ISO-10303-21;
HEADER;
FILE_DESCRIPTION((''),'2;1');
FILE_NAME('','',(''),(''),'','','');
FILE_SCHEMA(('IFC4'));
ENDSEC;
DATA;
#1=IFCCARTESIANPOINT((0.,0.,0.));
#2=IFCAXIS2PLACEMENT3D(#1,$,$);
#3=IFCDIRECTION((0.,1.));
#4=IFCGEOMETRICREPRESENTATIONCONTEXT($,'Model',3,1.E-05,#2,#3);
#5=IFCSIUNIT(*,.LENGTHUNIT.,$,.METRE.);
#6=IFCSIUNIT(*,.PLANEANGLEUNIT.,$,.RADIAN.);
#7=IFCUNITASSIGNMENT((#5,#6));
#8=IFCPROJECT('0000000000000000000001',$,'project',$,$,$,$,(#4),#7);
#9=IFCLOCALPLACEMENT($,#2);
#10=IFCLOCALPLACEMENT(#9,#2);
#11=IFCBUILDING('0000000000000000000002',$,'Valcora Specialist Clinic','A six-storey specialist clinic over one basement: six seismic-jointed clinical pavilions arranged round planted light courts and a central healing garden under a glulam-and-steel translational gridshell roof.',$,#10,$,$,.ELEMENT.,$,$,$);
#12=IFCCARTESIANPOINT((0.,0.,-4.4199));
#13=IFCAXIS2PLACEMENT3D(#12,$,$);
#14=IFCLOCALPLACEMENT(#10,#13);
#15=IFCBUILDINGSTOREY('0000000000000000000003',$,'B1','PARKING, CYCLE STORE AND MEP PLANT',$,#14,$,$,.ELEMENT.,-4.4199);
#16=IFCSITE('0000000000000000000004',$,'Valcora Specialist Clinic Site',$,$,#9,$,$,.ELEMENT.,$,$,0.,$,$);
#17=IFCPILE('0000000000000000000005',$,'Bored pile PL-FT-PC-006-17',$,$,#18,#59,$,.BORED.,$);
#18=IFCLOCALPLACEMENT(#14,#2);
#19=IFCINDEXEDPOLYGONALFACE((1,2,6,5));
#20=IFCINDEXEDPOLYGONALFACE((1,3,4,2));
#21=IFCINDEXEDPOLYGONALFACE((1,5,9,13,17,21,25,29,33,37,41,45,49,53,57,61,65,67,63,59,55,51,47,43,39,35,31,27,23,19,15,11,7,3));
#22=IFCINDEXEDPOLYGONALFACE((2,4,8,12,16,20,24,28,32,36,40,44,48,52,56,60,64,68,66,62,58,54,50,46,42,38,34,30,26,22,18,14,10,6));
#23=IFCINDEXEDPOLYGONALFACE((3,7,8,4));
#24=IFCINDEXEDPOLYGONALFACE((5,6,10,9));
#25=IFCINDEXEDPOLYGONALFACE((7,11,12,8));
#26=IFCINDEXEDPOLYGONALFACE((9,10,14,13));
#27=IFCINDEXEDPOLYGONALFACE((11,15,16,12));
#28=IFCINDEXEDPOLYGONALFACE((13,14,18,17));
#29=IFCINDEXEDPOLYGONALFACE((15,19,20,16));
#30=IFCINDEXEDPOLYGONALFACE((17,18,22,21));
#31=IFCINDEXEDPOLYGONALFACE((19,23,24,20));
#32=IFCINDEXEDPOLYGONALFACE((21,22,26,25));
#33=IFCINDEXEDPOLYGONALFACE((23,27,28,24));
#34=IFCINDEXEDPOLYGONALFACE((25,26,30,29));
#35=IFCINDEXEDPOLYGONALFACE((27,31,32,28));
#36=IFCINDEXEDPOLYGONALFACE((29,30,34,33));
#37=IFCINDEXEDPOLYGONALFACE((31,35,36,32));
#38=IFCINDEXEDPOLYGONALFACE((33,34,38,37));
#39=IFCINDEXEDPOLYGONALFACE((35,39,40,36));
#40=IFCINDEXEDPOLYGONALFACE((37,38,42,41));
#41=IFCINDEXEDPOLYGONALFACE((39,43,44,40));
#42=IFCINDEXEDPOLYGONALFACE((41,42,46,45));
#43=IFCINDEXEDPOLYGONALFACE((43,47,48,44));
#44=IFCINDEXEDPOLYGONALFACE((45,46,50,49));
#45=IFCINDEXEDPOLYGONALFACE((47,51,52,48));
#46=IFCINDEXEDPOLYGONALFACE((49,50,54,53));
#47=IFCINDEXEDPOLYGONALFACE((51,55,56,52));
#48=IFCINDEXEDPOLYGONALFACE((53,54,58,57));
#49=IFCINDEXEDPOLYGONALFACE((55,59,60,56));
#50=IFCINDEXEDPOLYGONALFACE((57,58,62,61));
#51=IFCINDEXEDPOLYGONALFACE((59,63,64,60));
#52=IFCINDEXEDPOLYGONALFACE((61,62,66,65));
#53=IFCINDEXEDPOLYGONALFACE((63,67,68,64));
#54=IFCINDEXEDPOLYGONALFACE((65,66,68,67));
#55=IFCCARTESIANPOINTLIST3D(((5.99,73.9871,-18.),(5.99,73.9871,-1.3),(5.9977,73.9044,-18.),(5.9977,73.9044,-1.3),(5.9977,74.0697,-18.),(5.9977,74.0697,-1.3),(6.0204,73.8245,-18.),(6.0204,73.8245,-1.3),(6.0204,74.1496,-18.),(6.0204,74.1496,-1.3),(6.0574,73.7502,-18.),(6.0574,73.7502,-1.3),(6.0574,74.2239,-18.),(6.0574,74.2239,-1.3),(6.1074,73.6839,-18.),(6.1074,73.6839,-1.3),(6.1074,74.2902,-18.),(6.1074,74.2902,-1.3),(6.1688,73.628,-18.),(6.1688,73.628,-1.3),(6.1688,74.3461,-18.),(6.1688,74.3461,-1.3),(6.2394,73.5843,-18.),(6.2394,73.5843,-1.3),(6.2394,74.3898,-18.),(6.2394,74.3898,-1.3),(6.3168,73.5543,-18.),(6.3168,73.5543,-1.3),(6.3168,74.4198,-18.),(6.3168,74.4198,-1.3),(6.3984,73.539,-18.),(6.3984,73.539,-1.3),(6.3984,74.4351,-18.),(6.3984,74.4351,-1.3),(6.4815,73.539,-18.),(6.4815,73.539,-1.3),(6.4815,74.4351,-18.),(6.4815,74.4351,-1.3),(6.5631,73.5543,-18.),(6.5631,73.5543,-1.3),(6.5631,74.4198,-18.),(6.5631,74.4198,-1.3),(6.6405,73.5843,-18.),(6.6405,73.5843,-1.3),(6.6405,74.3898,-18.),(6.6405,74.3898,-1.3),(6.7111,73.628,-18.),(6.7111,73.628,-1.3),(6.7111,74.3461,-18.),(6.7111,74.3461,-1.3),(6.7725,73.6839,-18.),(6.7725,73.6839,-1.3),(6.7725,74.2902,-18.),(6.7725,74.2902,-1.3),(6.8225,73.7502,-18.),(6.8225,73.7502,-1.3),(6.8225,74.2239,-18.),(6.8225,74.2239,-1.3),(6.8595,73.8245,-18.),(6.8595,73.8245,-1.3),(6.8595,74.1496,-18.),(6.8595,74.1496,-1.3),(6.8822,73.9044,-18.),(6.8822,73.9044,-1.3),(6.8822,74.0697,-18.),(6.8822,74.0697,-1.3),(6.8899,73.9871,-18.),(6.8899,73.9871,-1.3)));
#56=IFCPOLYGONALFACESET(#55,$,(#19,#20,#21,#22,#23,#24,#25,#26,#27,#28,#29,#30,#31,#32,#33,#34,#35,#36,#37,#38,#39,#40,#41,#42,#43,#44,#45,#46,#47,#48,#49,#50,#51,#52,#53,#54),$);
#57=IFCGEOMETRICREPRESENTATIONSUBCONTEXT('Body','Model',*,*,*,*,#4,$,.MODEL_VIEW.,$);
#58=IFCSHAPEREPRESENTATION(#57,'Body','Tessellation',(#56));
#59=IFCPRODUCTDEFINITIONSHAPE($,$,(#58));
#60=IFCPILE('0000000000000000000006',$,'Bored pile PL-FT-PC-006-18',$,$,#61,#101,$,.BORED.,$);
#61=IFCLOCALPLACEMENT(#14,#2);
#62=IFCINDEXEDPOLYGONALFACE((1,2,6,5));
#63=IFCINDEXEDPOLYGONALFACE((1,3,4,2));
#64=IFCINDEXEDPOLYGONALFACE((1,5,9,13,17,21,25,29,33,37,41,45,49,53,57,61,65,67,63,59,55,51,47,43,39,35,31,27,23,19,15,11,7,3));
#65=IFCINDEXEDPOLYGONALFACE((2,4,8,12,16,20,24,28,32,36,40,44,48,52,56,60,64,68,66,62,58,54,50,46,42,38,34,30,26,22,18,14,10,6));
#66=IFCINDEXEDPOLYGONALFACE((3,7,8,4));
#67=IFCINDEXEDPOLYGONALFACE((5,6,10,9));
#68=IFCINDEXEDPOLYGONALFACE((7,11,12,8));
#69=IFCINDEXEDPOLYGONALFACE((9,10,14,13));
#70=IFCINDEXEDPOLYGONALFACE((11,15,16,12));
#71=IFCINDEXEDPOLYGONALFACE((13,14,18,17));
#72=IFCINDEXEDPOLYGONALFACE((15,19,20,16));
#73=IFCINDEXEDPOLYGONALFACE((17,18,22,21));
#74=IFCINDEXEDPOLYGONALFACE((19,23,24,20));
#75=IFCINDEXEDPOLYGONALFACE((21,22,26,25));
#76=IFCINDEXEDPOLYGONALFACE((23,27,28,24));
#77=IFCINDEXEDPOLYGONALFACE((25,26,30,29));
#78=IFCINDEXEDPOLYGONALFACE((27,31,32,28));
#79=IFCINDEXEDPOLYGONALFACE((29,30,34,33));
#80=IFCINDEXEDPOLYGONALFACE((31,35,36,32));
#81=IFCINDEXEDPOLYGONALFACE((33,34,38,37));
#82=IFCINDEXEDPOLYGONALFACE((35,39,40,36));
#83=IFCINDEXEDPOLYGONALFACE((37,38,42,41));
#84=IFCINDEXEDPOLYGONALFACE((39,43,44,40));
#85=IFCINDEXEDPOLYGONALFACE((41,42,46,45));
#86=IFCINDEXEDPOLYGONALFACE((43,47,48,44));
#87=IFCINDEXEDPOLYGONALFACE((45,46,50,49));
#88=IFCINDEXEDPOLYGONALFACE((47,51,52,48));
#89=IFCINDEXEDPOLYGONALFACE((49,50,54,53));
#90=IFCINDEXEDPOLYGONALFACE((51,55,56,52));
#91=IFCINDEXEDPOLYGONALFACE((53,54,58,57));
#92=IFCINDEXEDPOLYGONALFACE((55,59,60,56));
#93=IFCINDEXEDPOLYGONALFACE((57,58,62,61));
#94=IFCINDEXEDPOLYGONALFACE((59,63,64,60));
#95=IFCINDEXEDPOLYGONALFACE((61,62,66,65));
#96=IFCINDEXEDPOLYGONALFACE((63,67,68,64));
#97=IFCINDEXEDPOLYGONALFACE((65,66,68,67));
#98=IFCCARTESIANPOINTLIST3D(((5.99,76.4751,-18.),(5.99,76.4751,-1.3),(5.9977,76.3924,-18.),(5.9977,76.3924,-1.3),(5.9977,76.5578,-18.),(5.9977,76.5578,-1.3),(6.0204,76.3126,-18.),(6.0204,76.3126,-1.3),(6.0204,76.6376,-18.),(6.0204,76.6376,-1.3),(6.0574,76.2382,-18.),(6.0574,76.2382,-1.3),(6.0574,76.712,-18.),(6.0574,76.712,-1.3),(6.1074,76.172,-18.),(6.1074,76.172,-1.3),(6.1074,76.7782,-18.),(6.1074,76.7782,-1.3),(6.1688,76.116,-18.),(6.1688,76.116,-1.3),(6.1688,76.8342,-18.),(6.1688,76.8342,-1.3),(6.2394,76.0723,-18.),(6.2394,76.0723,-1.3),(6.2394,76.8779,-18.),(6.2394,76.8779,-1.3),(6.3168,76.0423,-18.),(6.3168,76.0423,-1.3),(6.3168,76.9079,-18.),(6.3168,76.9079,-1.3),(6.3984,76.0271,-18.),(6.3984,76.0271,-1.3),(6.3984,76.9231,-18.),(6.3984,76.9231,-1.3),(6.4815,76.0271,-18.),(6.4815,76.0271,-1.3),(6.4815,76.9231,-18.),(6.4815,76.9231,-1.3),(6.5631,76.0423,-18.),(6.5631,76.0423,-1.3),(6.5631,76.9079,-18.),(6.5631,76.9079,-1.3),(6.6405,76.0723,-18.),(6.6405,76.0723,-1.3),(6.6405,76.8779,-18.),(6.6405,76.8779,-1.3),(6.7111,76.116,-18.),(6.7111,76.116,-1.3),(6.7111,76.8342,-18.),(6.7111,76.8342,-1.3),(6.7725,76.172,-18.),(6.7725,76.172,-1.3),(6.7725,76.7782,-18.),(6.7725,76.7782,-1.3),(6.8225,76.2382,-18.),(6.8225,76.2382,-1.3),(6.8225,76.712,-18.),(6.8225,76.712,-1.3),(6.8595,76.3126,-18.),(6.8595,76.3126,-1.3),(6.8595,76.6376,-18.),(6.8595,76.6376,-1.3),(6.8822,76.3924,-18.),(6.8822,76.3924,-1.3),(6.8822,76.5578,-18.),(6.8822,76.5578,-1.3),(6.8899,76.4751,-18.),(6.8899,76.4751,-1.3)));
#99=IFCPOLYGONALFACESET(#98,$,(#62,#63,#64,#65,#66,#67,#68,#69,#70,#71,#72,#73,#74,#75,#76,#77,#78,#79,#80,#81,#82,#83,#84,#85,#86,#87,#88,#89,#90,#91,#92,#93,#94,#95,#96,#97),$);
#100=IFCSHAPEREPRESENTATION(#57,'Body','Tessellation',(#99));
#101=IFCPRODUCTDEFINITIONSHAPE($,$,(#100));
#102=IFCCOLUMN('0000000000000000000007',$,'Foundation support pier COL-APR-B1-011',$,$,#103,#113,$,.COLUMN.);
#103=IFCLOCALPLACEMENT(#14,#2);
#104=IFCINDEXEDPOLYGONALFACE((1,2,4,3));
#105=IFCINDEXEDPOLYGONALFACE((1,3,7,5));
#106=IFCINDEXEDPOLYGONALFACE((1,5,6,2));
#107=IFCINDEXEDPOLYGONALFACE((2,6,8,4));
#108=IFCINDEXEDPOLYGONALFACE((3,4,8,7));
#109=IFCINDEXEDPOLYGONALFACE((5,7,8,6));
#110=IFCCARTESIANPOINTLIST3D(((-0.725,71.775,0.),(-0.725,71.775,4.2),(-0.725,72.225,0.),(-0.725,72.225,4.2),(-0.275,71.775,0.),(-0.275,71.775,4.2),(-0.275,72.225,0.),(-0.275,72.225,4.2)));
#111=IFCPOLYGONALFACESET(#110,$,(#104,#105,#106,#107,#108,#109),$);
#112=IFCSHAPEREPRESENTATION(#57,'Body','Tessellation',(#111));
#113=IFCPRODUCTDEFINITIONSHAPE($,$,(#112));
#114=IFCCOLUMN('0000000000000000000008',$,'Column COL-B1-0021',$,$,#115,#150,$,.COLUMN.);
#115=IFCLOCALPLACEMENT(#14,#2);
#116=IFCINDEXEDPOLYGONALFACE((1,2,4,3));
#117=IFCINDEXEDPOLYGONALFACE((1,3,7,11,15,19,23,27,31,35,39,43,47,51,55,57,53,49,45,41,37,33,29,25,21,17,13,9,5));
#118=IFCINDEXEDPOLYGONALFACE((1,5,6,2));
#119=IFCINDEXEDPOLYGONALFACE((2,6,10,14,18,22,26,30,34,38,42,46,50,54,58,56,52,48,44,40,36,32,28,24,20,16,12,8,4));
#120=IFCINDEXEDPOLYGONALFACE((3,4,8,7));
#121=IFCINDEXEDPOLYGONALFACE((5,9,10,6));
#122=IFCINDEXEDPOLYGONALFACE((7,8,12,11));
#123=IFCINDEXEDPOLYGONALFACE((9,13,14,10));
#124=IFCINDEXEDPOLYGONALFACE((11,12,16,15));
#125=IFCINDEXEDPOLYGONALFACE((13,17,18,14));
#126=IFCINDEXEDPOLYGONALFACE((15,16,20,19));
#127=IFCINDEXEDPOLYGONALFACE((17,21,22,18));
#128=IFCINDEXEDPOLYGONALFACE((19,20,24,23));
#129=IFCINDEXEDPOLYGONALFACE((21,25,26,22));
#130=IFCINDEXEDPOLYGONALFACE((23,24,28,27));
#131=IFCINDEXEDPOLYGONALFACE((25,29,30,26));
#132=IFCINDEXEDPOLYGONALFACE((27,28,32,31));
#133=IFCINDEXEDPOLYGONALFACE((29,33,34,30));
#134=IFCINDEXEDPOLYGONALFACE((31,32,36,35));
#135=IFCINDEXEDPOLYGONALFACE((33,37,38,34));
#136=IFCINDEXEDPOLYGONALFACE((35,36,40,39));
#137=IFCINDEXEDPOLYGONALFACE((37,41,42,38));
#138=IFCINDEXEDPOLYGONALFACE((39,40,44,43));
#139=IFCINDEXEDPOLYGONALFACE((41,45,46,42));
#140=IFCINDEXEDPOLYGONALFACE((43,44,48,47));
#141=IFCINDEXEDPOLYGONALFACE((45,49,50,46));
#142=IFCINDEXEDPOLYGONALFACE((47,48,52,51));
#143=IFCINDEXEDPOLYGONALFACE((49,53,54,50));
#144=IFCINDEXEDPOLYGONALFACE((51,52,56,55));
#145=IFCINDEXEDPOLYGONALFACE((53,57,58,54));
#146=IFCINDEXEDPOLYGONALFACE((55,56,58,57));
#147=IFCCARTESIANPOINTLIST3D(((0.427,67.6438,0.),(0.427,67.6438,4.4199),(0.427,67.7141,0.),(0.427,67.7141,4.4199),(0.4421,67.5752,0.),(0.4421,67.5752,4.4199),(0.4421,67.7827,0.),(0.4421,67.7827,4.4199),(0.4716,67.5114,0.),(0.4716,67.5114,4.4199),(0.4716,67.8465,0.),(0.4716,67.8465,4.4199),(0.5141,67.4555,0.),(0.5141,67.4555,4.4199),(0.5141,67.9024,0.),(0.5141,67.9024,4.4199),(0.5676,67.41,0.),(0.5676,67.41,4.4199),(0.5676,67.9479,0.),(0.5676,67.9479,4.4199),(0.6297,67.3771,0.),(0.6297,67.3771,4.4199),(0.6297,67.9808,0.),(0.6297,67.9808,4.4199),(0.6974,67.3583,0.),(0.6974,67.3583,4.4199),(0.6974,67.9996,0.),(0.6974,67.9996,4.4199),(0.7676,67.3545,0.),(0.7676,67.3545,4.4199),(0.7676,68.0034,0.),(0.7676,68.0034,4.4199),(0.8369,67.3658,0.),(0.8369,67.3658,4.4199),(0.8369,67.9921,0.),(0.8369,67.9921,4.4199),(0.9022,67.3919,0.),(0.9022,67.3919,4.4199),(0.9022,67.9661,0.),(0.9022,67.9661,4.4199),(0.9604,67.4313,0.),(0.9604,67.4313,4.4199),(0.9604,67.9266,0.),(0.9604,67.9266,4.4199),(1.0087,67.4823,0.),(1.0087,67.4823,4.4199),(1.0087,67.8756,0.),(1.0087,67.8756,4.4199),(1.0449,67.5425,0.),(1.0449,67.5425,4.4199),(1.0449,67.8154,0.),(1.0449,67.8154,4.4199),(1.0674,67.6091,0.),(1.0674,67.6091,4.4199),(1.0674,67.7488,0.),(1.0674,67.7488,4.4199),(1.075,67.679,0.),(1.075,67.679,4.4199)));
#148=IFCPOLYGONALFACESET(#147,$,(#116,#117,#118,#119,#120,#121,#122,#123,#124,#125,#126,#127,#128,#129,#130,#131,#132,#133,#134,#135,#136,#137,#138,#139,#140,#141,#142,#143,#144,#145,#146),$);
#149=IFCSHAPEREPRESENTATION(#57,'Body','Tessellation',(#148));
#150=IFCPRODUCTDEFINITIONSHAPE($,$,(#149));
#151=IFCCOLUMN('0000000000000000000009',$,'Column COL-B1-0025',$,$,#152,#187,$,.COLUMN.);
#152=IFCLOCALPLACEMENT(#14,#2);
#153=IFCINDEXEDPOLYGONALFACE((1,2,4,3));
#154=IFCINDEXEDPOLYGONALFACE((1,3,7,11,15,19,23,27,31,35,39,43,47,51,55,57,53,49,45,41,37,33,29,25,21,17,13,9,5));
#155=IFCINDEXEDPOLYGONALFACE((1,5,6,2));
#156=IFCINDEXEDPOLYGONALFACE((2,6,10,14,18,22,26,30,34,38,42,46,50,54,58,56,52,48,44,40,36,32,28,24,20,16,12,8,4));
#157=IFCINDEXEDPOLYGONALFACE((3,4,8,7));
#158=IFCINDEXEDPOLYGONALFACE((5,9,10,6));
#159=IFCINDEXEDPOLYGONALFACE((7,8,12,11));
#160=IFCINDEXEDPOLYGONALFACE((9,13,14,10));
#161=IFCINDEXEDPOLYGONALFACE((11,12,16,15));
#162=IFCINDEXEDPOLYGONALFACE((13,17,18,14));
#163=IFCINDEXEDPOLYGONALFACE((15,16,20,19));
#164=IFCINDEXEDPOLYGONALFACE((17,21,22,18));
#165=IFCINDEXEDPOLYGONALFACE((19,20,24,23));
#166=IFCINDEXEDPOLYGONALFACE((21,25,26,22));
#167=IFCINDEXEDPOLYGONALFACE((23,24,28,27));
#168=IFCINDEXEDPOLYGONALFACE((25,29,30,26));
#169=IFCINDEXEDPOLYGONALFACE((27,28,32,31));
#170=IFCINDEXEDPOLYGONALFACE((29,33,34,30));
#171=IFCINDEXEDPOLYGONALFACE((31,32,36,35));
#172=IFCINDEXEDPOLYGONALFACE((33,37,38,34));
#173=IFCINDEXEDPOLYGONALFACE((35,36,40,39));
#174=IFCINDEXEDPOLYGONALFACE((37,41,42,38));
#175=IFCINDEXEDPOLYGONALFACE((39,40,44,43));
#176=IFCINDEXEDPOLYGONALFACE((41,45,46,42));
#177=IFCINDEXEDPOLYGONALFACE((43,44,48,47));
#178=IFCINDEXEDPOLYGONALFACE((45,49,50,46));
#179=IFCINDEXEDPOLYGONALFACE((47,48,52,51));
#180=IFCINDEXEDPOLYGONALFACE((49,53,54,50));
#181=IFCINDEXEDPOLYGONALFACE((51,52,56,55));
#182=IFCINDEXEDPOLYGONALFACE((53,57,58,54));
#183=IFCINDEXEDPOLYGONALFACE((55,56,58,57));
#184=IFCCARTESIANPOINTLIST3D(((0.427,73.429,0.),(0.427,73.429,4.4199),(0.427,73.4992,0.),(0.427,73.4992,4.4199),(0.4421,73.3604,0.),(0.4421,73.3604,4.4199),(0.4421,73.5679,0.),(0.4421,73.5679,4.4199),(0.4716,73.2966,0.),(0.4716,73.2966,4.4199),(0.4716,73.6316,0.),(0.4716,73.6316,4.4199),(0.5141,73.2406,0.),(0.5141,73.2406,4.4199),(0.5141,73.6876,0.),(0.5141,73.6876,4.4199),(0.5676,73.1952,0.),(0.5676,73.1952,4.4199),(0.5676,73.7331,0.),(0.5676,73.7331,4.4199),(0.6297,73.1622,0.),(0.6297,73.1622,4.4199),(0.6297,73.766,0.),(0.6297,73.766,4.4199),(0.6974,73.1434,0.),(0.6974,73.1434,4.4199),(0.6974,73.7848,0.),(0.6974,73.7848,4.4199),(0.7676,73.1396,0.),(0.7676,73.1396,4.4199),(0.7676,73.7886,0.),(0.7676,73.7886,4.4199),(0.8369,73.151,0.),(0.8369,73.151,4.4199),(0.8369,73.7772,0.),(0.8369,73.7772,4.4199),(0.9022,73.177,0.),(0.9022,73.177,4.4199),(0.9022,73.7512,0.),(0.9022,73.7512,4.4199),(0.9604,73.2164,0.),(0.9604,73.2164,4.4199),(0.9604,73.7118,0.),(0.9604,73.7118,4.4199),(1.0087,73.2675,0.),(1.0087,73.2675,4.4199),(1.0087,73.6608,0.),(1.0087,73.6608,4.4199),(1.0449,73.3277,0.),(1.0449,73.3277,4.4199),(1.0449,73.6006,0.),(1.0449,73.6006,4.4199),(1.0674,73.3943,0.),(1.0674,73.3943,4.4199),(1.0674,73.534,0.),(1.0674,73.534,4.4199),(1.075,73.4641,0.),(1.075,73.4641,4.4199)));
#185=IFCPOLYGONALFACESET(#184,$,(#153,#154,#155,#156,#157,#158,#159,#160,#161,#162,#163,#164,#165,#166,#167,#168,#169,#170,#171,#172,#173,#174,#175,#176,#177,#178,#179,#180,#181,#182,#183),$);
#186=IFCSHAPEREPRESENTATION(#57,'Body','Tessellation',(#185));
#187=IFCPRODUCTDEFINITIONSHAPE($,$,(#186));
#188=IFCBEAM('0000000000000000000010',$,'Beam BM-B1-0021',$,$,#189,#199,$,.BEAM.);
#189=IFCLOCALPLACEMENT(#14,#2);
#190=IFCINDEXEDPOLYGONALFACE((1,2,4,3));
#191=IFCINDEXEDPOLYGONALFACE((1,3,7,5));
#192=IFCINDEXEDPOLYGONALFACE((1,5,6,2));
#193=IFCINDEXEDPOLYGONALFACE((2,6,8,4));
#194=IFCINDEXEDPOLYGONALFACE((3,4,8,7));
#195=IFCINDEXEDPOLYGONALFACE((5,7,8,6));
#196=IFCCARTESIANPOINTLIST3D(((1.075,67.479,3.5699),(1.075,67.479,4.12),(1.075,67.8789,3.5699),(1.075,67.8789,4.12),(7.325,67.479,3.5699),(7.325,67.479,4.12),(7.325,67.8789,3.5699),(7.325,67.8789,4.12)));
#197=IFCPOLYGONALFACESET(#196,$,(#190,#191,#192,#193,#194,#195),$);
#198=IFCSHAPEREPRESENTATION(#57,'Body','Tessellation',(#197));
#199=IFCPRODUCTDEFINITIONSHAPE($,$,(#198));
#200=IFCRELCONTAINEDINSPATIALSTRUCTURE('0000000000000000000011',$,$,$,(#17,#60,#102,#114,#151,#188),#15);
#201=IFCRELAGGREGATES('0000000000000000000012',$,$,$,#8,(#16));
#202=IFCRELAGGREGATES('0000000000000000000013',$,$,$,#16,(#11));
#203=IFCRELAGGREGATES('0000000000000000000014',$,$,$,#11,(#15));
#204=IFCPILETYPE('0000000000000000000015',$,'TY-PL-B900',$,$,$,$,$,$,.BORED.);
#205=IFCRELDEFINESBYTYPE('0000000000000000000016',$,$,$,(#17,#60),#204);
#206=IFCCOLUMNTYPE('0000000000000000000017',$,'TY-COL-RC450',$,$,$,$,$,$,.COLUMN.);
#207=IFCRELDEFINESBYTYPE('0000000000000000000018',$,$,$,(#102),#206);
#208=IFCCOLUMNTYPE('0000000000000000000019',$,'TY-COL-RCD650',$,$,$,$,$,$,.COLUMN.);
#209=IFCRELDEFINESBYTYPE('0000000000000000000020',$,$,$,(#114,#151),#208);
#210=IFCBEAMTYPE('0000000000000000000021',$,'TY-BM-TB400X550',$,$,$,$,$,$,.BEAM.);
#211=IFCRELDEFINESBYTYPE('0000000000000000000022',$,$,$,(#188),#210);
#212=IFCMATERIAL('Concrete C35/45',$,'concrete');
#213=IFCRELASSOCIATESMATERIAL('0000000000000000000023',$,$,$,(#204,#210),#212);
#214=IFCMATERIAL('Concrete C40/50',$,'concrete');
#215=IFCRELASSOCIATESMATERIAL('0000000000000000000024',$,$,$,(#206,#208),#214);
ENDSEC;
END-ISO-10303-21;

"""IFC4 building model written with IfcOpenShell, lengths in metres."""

from ifc_helpers import new_model, si_unit, direction, frame, origin, origin_2d, place, context, subcontext, project, spatial, rectangle, circle, extrude, material, material_profile, profile_set, type_object, element, save


model = new_model("IFC4")

# Units and contexts
model_context = context("Model", 3, precision=1e-05, world=origin(), true_north=direction((0.0, 1.0)))
body_context = subcontext(model_context, "Body", "Model", "MODEL_VIEW")
ifc_project = project(units=[si_unit("LENGTHUNIT", "METRE"), si_unit("PLANEANGLEUNIT", "RADIAN")], contexts=[model_context])

# Site, building, storey
site_placement = place(None, origin())
site = spatial("IfcSite", under=ifc_project, at=site_placement, Name="Valcora Specialist Clinic Site", CompositionType="ELEMENT", RefElevation=0.0)
building_placement = place(site_placement, origin())
building = spatial("IfcBuilding", under=site, at=building_placement, Name="Valcora Specialist Clinic", Description="A six-storey specialist clinic over one basement: six seismic-jointed clinical pavilions arranged round planted light courts and a central healing garden under a glulam-and-steel translational gridshell roof.", CompositionType="ELEMENT")
storey_placement = place(building_placement, frame((0.0, 0.0, -4.4199)))
storey = spatial("IfcBuildingStorey", under=building, at=storey_placement, Name="B1", Description="PARKING, CYCLE STORE AND MEP PLANT", CompositionType="ELEMENT", Elevation=-4.4199)

# Shared definitions
ifc_material_1 = material(Name="Concrete C35/45", Category="concrete")

# Piles
ifc_material_profile_1 = material_profile(ifc_material_1, circle(Radius=0.45, at=origin_2d()), Name="RC-PIL-D900")
ifc_profile_set_1 = profile_set([ifc_material_profile_1], Name="Concrete C35/45")
pile_type = type_object("IfcPileType", Name="TY-PL-B900", PredefinedType="BORED", material=ifc_profile_set_1)
for number, where, z_axis, x_axis, name in (
    (1, (6.4399, 73.9871, -1.3), (0.0, 0.0, -1.0), (1.0, 0.0, 0.0), "Bored pile PL-FT-PC-006-17"),
    (2, (6.4399, 76.4751, -1.3), (0.0, 0.0, -1.0), (1.0, 0.0, 0.0), "Bored pile PL-FT-PC-006-18"),
):
    element("IfcPile", number, at=place(storey_placement, frame(where, z_axis=z_axis, x_axis=x_axis)), inside=storey, type_object=pile_type, Name=name, PredefinedType="BORED", context=body_context, shape_type="SweptSolid", body=[
        extrude(circle(Radius=0.45, at=origin_2d()), origin(), (0.0, 0.0, 1.0), 16.7),
    ])

# Columns
ifc_material_2 = material(Name="Concrete C40/50", Category="concrete")
ifc_material_profile_2 = material_profile(ifc_material_2, rectangle(XDim=0.45, YDim=0.45, at=origin_2d()), Name="RC-COL-450X450")
ifc_profile_set_2 = profile_set([ifc_material_profile_2], Name="Concrete C40/50")
column_type_1 = type_object("IfcColumnType", Name="TY-COL-RC450", PredefinedType="COLUMN", material=ifc_profile_set_2)
column_placement = place(storey_placement, frame((-0.5, 72.0, 0.0), z_axis=(0.0, 0.0, 1.0), x_axis=(1.0, 0.0, 0.0)))
element("IfcColumn", 3, at=column_placement, inside=storey, type_object=column_type_1, Name="Foundation support pier COL-APR-B1-011", PredefinedType="COLUMN", context=body_context, shape_type="SweptSolid", body=[
    extrude(rectangle(XDim=0.45, YDim=0.45, at=origin_2d()), origin(), (0.0, 0.0, 1.0), 4.2),
])
ifc_material_profile_3 = material_profile(ifc_material_2, circle(Radius=0.325, at=origin_2d()), Name="RC-COL-D650")
ifc_profile_set_3 = profile_set([ifc_material_profile_3], Name="Concrete C40/50")
column_type_2 = type_object("IfcColumnType", Name="TY-COL-RCD650", PredefinedType="COLUMN", material=ifc_profile_set_3)
for number, where, z_axis, x_axis, name in (
    (4, (0.75, 67.679, 0.0), (0.0, 0.0, 1.0), (1.0, 0.0, 0.0), "Column COL-B1-0021"),
    (5, (0.75, 73.4641, 0.0), (0.0, 0.0, 1.0), (1.0, 0.0, 0.0), "Column COL-B1-0025"),
):
    element("IfcColumn", number, at=place(storey_placement, frame(where, z_axis=z_axis, x_axis=x_axis)), inside=storey, type_object=column_type_2, Name=name, PredefinedType="COLUMN", context=body_context, shape_type="SweptSolid", body=[
        extrude(circle(Radius=0.325, at=origin_2d()), origin(), (0.0, 0.0, 1.0), 4.4199),
    ])

# Beam
ifc_material_profile_4 = material_profile(ifc_material_1, rectangle(XDim=0.3999, YDim=0.55, at=origin_2d()), Name="RC-TB-400X550")
ifc_profile_set_4 = profile_set([ifc_material_profile_4], Name="Concrete C35/45")
beam_type = type_object("IfcBeamType", Name="TY-BM-TB400X550", PredefinedType="BEAM", material=ifc_profile_set_4)
for number, where, z_axis, x_axis, name in (
    (6, (1.075, 67.679, 3.845), (1.0, 0.0, 0.0), (0.0, 1.0, 0.0), "Beam BM-B1-0021"),
):
    element("IfcBeam", number, at=place(storey_placement, frame(where, z_axis=z_axis, x_axis=x_axis)), inside=storey, type_object=beam_type, Name=name, PredefinedType="BEAM", context=body_context, shape_type="SweptSolid", body=[
        extrude(rectangle(XDim=0.3999, YDim=0.55, at=origin_2d()), origin(), (0.0, 0.0, 1.0), 6.25),
    ])

save(model, "model.ifc")
